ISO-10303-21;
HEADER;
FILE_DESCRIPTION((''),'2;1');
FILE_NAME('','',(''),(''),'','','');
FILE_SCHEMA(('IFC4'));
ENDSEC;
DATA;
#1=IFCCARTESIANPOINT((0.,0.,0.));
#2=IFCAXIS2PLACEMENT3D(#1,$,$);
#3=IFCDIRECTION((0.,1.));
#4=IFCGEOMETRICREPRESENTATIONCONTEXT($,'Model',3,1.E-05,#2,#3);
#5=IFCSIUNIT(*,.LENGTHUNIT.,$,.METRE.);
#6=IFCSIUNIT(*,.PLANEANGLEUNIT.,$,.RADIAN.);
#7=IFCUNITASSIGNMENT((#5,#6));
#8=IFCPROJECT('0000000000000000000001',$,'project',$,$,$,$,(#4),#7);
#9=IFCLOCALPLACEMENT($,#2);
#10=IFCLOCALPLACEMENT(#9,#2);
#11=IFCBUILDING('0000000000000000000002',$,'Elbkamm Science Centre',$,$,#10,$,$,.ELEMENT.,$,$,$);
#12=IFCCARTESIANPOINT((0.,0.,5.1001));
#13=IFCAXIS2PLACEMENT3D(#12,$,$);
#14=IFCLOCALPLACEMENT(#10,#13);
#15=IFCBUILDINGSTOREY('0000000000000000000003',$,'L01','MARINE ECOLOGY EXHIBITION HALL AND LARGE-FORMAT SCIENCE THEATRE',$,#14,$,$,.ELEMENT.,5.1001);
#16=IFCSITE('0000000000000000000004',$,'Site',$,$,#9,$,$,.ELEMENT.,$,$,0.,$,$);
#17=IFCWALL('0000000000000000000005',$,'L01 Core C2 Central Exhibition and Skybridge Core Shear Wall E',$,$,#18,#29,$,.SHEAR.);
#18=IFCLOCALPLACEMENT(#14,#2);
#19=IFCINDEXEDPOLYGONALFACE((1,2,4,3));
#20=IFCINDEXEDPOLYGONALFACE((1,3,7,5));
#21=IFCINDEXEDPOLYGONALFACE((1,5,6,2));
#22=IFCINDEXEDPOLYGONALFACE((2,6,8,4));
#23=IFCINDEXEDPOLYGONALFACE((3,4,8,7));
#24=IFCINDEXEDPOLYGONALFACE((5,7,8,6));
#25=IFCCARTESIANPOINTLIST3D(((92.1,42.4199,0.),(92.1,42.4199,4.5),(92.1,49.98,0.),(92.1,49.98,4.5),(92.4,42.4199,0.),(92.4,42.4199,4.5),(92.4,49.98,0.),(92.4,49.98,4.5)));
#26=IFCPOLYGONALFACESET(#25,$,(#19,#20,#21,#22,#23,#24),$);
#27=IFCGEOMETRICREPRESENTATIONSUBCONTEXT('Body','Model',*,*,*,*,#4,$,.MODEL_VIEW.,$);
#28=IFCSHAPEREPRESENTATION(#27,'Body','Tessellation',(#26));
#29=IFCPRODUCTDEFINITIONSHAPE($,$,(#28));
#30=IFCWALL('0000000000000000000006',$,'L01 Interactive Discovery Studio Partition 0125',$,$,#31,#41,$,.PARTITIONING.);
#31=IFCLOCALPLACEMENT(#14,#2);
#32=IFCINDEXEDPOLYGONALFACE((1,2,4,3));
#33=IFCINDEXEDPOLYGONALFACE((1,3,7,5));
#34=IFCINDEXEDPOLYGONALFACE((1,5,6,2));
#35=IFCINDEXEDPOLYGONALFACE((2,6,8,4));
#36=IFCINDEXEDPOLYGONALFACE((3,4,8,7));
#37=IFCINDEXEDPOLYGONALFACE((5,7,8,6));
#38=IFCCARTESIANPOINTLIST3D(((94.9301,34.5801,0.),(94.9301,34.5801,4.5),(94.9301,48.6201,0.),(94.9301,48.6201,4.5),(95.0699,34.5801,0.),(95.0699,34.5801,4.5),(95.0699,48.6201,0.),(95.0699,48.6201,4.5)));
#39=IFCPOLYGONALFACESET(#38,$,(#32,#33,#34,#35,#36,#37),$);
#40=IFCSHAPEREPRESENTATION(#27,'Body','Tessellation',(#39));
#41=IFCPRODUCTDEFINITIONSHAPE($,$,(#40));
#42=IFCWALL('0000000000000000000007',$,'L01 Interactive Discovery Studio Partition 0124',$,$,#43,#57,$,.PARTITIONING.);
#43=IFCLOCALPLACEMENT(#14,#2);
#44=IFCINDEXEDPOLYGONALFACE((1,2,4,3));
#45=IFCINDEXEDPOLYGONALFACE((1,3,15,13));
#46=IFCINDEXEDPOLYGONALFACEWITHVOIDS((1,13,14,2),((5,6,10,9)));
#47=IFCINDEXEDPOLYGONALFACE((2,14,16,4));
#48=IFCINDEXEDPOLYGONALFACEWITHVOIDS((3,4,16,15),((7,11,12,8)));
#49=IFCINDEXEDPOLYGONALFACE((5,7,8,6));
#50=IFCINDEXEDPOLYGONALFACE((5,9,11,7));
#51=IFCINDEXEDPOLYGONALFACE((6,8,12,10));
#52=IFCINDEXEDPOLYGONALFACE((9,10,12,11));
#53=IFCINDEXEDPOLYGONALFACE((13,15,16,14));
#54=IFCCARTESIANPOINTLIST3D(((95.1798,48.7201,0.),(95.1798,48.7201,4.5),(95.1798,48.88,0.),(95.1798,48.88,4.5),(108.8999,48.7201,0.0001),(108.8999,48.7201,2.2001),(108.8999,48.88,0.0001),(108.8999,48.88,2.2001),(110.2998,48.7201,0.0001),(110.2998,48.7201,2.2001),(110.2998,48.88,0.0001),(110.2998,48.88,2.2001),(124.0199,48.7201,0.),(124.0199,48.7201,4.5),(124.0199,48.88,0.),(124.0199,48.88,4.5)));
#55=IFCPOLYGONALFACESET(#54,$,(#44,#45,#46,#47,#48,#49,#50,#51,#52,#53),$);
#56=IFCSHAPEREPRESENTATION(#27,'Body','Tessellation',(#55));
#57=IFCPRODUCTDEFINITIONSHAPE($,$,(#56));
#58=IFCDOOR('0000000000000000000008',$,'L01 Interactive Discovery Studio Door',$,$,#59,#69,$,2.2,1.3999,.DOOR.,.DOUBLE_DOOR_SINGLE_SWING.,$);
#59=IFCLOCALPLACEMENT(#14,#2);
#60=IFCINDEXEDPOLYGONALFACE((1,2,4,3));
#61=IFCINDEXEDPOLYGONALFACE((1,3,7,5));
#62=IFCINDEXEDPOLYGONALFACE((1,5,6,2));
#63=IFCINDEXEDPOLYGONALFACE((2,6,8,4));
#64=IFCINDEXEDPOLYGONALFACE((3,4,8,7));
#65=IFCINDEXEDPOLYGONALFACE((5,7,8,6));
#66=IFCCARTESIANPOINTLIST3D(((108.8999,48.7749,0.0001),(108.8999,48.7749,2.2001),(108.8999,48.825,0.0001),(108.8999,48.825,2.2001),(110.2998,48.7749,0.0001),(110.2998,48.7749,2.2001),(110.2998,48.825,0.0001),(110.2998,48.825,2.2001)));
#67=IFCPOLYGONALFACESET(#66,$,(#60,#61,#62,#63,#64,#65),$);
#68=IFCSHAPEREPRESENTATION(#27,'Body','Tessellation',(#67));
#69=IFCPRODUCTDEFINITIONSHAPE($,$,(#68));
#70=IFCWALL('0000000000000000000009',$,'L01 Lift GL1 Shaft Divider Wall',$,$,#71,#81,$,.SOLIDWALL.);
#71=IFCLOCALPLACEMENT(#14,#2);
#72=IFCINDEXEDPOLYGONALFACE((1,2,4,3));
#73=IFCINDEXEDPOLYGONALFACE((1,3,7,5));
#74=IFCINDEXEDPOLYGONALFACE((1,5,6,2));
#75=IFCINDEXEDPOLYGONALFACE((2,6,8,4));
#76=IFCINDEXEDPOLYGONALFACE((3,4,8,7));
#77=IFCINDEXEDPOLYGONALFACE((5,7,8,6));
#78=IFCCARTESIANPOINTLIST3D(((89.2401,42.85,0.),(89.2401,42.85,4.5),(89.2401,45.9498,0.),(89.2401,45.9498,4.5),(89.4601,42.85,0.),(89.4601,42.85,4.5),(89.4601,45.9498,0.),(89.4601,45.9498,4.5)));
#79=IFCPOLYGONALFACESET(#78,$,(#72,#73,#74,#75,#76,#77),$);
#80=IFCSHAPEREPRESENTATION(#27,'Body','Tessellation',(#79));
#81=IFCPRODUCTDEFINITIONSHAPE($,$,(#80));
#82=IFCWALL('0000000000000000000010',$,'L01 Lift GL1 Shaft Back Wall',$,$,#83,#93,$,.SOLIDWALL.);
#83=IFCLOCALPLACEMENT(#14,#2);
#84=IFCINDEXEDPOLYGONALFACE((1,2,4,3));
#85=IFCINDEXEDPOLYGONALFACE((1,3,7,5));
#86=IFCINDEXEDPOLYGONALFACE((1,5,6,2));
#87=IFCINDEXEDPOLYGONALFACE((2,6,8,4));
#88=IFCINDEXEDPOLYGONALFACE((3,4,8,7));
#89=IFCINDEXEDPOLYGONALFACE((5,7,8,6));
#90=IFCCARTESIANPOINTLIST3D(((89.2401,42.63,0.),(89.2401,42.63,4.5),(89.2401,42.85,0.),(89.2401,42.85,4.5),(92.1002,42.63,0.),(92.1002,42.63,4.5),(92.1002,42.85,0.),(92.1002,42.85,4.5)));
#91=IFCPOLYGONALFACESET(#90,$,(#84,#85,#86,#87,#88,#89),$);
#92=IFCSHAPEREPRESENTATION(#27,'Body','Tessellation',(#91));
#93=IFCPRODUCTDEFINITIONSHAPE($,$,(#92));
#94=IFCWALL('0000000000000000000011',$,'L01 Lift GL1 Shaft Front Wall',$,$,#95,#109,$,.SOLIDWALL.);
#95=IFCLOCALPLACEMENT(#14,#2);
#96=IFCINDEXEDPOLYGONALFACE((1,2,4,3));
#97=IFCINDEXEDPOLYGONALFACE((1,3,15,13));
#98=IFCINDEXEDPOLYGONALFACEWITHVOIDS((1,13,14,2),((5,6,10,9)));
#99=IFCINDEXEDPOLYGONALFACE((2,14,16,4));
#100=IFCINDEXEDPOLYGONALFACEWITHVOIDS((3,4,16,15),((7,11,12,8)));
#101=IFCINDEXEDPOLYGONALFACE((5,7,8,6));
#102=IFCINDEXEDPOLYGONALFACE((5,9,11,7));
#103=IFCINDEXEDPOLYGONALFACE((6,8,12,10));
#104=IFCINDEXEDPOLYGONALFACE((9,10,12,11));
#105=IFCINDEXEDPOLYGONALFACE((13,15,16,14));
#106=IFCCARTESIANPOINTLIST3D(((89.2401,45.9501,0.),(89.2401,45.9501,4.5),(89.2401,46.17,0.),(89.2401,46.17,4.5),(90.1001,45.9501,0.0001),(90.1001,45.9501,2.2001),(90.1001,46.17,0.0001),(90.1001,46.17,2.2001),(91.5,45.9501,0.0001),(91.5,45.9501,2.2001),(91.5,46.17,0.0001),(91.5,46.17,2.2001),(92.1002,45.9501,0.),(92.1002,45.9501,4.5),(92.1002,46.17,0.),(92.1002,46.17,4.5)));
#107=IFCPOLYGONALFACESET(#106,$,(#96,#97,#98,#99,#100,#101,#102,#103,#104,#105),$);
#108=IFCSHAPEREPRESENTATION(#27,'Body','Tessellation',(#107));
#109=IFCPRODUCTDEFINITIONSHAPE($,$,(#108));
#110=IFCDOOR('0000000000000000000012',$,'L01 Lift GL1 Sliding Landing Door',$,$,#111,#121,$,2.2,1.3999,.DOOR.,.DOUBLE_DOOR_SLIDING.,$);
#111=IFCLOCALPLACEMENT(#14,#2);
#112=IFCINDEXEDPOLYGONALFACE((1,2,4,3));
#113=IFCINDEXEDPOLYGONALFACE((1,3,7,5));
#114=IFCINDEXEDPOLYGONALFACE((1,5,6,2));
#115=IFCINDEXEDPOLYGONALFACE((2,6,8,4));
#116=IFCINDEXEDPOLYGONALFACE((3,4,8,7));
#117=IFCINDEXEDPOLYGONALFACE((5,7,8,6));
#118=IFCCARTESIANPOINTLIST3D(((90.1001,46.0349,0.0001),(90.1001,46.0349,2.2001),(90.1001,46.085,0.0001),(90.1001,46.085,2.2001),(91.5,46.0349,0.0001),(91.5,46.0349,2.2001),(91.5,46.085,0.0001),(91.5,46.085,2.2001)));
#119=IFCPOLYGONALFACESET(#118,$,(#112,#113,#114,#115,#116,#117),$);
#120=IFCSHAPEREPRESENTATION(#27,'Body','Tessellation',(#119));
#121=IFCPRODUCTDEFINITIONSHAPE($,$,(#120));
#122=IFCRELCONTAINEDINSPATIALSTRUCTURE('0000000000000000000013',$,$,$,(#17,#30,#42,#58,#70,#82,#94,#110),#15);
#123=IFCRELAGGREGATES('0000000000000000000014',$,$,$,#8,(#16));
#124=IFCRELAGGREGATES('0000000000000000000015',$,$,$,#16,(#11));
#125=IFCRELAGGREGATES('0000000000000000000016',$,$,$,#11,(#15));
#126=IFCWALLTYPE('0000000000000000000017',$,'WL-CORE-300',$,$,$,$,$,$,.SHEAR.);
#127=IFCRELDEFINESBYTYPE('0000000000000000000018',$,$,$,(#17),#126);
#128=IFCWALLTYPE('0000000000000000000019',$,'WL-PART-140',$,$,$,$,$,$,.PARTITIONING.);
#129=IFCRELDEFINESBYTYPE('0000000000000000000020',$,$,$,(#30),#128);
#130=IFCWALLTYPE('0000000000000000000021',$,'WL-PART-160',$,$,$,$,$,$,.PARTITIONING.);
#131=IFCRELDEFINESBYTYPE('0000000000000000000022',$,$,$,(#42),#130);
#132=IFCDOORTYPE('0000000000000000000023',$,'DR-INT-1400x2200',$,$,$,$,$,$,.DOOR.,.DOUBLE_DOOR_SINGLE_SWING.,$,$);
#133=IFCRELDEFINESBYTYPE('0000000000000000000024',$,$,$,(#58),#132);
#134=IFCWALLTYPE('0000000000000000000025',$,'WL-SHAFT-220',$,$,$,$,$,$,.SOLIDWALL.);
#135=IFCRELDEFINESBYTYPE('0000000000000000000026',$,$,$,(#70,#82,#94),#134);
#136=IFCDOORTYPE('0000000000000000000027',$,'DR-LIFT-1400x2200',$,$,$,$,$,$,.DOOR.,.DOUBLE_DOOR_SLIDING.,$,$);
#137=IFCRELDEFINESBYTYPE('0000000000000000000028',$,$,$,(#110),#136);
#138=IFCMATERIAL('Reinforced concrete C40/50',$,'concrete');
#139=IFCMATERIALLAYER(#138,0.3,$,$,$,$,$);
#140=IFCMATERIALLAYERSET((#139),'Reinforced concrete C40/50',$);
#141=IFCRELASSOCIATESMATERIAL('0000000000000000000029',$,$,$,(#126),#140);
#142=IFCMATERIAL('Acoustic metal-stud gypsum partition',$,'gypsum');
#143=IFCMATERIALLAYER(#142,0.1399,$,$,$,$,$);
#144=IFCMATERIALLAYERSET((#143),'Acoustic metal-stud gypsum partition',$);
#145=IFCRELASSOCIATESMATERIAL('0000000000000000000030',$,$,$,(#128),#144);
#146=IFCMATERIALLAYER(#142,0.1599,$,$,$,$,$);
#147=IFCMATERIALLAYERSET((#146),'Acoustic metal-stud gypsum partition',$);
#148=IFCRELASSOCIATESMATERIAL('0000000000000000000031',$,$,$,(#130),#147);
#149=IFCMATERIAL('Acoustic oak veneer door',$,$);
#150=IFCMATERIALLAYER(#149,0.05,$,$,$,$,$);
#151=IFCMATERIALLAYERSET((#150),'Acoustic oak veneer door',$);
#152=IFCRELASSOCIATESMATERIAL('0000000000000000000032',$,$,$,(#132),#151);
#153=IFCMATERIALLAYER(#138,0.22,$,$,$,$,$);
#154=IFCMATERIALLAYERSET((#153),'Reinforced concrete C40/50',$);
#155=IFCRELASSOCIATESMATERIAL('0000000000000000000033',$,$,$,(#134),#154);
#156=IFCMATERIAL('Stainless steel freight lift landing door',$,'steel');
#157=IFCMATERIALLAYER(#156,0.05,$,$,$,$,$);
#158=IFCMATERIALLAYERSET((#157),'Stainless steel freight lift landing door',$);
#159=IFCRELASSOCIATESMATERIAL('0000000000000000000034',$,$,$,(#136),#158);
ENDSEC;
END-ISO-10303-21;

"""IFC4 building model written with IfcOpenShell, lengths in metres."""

from ifc_helpers import new_model, si_unit, direction, frame, frame_2d, origin, place, context, subcontext, project, spatial, rectangle, extrude, material, layer, layer_set, type_object, element, fill, save


model = new_model("IFC4")

# Units and contexts
model_context = context("Model", 3, precision=1e-05, world=origin(), true_north=direction((0.0, 1.0)))
body_context = subcontext(model_context, "Body", "Model", "MODEL_VIEW")
ifc_project = project(units=[si_unit("LENGTHUNIT", "METRE"), si_unit("PLANEANGLEUNIT", "RADIAN")], contexts=[model_context])

# Site, building, storey
site_placement = place(None, origin())
site = spatial("IfcSite", under=ifc_project, at=site_placement, Name="Site", CompositionType="ELEMENT", RefElevation=0.0)
building_placement = place(site_placement, origin())
building = spatial("IfcBuilding", under=site, at=building_placement, Name="Elbkamm Science Centre", CompositionType="ELEMENT")
storey_placement = place(building_placement, frame((0.0, 0.0, 5.1001)))
storey = spatial("IfcBuildingStorey", under=building, at=storey_placement, Name="L01", Description="MARINE ECOLOGY EXHIBITION HALL AND LARGE-FORMAT SCIENCE THEATRE", CompositionType="ELEMENT", Elevation=5.1001)

# Walls
ifc_material_1 = material(Name="Reinforced concrete C40/50", Category="concrete")
ifc_layer_1 = layer(ifc_material_1, 0.3)
ifc_layer_set_1 = layer_set([ifc_layer_1], Name="Reinforced concrete C40/50")
wall_type_1 = type_object("IfcWallType", Name="WL-CORE-300", PredefinedType="SHEAR", material=ifc_layer_set_1)
wall_1_placement = place(storey_placement, frame((92.25, 42.4199, 0.0), z_axis=(0.0, 0.0, 1.0), x_axis=(0.0, 1.0, 0.0)))
element("IfcWall", 1, at=wall_1_placement, inside=storey, type_object=wall_type_1, Name="L01 Core C2 Central Exhibition and Skybridge Core Shear Wall E", PredefinedType="SHEAR", context=body_context, shape_type="SweptSolid", body=[
    extrude(rectangle(XDim=7.5601, YDim=0.3, at=frame_2d((3.78, 0.0))), origin(), (0.0, 0.0, 1.0), 4.5),
])
ifc_material_2 = material(Name="Acoustic metal-stud gypsum partition", Category="gypsum")
ifc_layer_2 = layer(ifc_material_2, 0.1399)
ifc_layer_set_2 = layer_set([ifc_layer_2], Name="Acoustic metal-stud gypsum partition")
wall_type_2 = type_object("IfcWallType", Name="WL-PART-140", PredefinedType="PARTITIONING", material=ifc_layer_set_2)
wall_2_placement = place(storey_placement, frame((95.0, 34.5801, 0.0), z_axis=(0.0, 0.0, 1.0), x_axis=(0.0, 1.0, 0.0)))
element("IfcWall", 2, at=wall_2_placement, inside=storey, type_object=wall_type_2, Name="L01 Interactive Discovery Studio Partition 0125", PredefinedType="PARTITIONING", context=body_context, shape_type="SweptSolid", body=[
    extrude(rectangle(XDim=14.04, YDim=0.1399, at=frame_2d((7.02, 0.0))), origin(), (0.0, 0.0, 1.0), 4.5),
])

# Wall, opening, door
ifc_layer_3 = layer(ifc_material_2, 0.1599)
ifc_layer_set_3 = layer_set([ifc_layer_3], Name="Acoustic metal-stud gypsum partition")
wall_type_3 = type_object("IfcWallType", Name="WL-PART-160", PredefinedType="PARTITIONING", material=ifc_layer_set_3)
wall_3_placement = place(storey_placement, frame((95.1799, 48.8, 0.0), z_axis=(0.0, 0.0, 1.0), x_axis=(1.0, 0.0, 0.0)))
wall_3 = element("IfcWall", 3, at=wall_3_placement, inside=storey, type_object=wall_type_3, Name="L01 Interactive Discovery Studio Partition 0124", PredefinedType="PARTITIONING", context=body_context, shape_type="SweptSolid", body=[
    extrude(rectangle(XDim=28.8401, YDim=0.1599, at=frame_2d((14.4199, 0.0))), origin(), (0.0, 0.0, 1.0), 4.5),
])
opening_1_placement = place(wall_3_placement, frame((13.72, 0.0, 0.0)))
opening_1 = element("IfcOpeningElement", 4, at=opening_1_placement, cuts=wall_3, PredefinedType="OPENING", context=body_context, shape_type="SweptSolid", body=[
    extrude(rectangle(XDim=1.3999, YDim=2.2, at=frame_2d((0.7, 1.1001))), frame((0.0, 0.0918, 0.0), z_axis=(0.0, -1.0, 0.0), x_axis=(1.0, 0.0, 0.0)), (0.0, 0.0, 1.0), 0.1838),
])
ifc_material_3 = material(Name="Acoustic oak veneer door")
ifc_layer_4 = layer(ifc_material_3, 0.05)
ifc_layer_set_4 = layer_set([ifc_layer_4], Name="Acoustic oak veneer door")
door_type_1 = type_object("IfcDoorType", Name="DR-INT-1400x2200", OperationType="DOUBLE_DOOR_SINGLE_SWING", PredefinedType="DOOR", material=ifc_layer_set_4)
door_1_placement = place(opening_1_placement, origin())
door_1 = element("IfcDoor", 5, at=door_1_placement, inside=storey, type_object=door_type_1, Name="L01 Interactive Discovery Studio Door", OperationType="DOUBLE_DOOR_SINGLE_SWING", OverallHeight=2.2, OverallWidth=1.3999, PredefinedType="DOOR", context=body_context, shape_type="SweptSolid", body=[
    extrude(rectangle(XDim=1.3999, YDim=2.2, at=frame_2d((0.7, 1.1001))), frame((0.0, 0.0249, 0.0), z_axis=(0.0, -1.0, 0.0), x_axis=(1.0, 0.0, 0.0)), (0.0, 0.0, 1.0), 0.05),
])
fill(opening_1, door_1)

# Walls
ifc_layer_5 = layer(ifc_material_1, 0.22)
ifc_layer_set_5 = layer_set([ifc_layer_5], Name="Reinforced concrete C40/50")
wall_type_4 = type_object("IfcWallType", Name="WL-SHAFT-220", PredefinedType="SOLIDWALL", material=ifc_layer_set_5)
wall_4_placement = place(storey_placement, frame((89.3501, 42.8501, 0.0), z_axis=(0.0, 0.0, 1.0), x_axis=(0.0, 1.0, 0.0)))
element("IfcWall", 6, at=wall_4_placement, inside=storey, type_object=wall_type_4, Name="L01 Lift GL1 Shaft Divider Wall", PredefinedType="SOLIDWALL", context=body_context, shape_type="SweptSolid", body=[
    extrude(rectangle(XDim=3.0999, YDim=0.22, at=frame_2d((1.5498, 0.0))), origin(), (0.0, 0.0, 1.0), 4.5),
])
wall_5_placement = place(storey_placement, frame((89.24, 42.74, 0.0), z_axis=(0.0, 0.0, 1.0), x_axis=(1.0, 0.0, 0.0)))
element("IfcWall", 7, at=wall_5_placement, inside=storey, type_object=wall_type_4, Name="L01 Lift GL1 Shaft Back Wall", PredefinedType="SOLIDWALL", context=body_context, shape_type="SweptSolid", body=[
    extrude(rectangle(XDim=2.8601, YDim=0.22, at=frame_2d((1.4302, 0.0))), origin(), (0.0, 0.0, 1.0), 4.5),
])

# Wall, opening, door
wall_6_placement = place(storey_placement, frame((89.24, 46.0601, 0.0), z_axis=(0.0, 0.0, 1.0), x_axis=(1.0, 0.0, 0.0)))
wall_6 = element("IfcWall", 8, at=wall_6_placement, inside=storey, type_object=wall_type_4, Name="L01 Lift GL1 Shaft Front Wall", PredefinedType="SOLIDWALL", context=body_context, shape_type="SweptSolid", body=[
    extrude(rectangle(XDim=2.8601, YDim=0.22, at=frame_2d((1.4302, 0.0))), origin(), (0.0, 0.0, 1.0), 4.5),
])
opening_2_placement = place(wall_6_placement, frame((0.8601, 0.0, 0.0)))
opening_2 = element("IfcOpeningElement", 9, at=opening_2_placement, cuts=wall_6, PredefinedType="OPENING", context=body_context, shape_type="SweptSolid", body=[
    extrude(rectangle(XDim=1.3999, YDim=2.2, at=frame_2d((0.7, 1.1001))), frame((0.0, 0.1221, 0.0), z_axis=(0.0, -1.0, 0.0), x_axis=(1.0, 0.0, 0.0)), (0.0, 0.0, 1.0), 0.2439),
])
ifc_material_4 = material(Name="Stainless steel freight lift landing door", Category="steel")
ifc_layer_6 = layer(ifc_material_4, 0.05)
ifc_layer_set_6 = layer_set([ifc_layer_6], Name="Stainless steel freight lift landing door")
door_type_2 = type_object("IfcDoorType", Name="DR-LIFT-1400x2200", OperationType="DOUBLE_DOOR_SLIDING", PredefinedType="DOOR", material=ifc_layer_set_6)
door_2_placement = place(opening_2_placement, origin())
door_2 = element("IfcDoor", 10, at=door_2_placement, inside=storey, type_object=door_type_2, Name="L01 Lift GL1 Sliding Landing Door", OperationType="DOUBLE_DOOR_SLIDING", OverallHeight=2.2, OverallWidth=1.3999, PredefinedType="DOOR", context=body_context, shape_type="SweptSolid", body=[
    extrude(rectangle(XDim=1.3999, YDim=2.2, at=frame_2d((0.7, 1.1001))), frame((0.0, 0.0249, 0.0), z_axis=(0.0, -1.0, 0.0), x_axis=(1.0, 0.0, 0.0)), (0.0, 0.0, 1.0), 0.05),
])
fill(opening_2, door_2)

save(model, "model.ifc")
